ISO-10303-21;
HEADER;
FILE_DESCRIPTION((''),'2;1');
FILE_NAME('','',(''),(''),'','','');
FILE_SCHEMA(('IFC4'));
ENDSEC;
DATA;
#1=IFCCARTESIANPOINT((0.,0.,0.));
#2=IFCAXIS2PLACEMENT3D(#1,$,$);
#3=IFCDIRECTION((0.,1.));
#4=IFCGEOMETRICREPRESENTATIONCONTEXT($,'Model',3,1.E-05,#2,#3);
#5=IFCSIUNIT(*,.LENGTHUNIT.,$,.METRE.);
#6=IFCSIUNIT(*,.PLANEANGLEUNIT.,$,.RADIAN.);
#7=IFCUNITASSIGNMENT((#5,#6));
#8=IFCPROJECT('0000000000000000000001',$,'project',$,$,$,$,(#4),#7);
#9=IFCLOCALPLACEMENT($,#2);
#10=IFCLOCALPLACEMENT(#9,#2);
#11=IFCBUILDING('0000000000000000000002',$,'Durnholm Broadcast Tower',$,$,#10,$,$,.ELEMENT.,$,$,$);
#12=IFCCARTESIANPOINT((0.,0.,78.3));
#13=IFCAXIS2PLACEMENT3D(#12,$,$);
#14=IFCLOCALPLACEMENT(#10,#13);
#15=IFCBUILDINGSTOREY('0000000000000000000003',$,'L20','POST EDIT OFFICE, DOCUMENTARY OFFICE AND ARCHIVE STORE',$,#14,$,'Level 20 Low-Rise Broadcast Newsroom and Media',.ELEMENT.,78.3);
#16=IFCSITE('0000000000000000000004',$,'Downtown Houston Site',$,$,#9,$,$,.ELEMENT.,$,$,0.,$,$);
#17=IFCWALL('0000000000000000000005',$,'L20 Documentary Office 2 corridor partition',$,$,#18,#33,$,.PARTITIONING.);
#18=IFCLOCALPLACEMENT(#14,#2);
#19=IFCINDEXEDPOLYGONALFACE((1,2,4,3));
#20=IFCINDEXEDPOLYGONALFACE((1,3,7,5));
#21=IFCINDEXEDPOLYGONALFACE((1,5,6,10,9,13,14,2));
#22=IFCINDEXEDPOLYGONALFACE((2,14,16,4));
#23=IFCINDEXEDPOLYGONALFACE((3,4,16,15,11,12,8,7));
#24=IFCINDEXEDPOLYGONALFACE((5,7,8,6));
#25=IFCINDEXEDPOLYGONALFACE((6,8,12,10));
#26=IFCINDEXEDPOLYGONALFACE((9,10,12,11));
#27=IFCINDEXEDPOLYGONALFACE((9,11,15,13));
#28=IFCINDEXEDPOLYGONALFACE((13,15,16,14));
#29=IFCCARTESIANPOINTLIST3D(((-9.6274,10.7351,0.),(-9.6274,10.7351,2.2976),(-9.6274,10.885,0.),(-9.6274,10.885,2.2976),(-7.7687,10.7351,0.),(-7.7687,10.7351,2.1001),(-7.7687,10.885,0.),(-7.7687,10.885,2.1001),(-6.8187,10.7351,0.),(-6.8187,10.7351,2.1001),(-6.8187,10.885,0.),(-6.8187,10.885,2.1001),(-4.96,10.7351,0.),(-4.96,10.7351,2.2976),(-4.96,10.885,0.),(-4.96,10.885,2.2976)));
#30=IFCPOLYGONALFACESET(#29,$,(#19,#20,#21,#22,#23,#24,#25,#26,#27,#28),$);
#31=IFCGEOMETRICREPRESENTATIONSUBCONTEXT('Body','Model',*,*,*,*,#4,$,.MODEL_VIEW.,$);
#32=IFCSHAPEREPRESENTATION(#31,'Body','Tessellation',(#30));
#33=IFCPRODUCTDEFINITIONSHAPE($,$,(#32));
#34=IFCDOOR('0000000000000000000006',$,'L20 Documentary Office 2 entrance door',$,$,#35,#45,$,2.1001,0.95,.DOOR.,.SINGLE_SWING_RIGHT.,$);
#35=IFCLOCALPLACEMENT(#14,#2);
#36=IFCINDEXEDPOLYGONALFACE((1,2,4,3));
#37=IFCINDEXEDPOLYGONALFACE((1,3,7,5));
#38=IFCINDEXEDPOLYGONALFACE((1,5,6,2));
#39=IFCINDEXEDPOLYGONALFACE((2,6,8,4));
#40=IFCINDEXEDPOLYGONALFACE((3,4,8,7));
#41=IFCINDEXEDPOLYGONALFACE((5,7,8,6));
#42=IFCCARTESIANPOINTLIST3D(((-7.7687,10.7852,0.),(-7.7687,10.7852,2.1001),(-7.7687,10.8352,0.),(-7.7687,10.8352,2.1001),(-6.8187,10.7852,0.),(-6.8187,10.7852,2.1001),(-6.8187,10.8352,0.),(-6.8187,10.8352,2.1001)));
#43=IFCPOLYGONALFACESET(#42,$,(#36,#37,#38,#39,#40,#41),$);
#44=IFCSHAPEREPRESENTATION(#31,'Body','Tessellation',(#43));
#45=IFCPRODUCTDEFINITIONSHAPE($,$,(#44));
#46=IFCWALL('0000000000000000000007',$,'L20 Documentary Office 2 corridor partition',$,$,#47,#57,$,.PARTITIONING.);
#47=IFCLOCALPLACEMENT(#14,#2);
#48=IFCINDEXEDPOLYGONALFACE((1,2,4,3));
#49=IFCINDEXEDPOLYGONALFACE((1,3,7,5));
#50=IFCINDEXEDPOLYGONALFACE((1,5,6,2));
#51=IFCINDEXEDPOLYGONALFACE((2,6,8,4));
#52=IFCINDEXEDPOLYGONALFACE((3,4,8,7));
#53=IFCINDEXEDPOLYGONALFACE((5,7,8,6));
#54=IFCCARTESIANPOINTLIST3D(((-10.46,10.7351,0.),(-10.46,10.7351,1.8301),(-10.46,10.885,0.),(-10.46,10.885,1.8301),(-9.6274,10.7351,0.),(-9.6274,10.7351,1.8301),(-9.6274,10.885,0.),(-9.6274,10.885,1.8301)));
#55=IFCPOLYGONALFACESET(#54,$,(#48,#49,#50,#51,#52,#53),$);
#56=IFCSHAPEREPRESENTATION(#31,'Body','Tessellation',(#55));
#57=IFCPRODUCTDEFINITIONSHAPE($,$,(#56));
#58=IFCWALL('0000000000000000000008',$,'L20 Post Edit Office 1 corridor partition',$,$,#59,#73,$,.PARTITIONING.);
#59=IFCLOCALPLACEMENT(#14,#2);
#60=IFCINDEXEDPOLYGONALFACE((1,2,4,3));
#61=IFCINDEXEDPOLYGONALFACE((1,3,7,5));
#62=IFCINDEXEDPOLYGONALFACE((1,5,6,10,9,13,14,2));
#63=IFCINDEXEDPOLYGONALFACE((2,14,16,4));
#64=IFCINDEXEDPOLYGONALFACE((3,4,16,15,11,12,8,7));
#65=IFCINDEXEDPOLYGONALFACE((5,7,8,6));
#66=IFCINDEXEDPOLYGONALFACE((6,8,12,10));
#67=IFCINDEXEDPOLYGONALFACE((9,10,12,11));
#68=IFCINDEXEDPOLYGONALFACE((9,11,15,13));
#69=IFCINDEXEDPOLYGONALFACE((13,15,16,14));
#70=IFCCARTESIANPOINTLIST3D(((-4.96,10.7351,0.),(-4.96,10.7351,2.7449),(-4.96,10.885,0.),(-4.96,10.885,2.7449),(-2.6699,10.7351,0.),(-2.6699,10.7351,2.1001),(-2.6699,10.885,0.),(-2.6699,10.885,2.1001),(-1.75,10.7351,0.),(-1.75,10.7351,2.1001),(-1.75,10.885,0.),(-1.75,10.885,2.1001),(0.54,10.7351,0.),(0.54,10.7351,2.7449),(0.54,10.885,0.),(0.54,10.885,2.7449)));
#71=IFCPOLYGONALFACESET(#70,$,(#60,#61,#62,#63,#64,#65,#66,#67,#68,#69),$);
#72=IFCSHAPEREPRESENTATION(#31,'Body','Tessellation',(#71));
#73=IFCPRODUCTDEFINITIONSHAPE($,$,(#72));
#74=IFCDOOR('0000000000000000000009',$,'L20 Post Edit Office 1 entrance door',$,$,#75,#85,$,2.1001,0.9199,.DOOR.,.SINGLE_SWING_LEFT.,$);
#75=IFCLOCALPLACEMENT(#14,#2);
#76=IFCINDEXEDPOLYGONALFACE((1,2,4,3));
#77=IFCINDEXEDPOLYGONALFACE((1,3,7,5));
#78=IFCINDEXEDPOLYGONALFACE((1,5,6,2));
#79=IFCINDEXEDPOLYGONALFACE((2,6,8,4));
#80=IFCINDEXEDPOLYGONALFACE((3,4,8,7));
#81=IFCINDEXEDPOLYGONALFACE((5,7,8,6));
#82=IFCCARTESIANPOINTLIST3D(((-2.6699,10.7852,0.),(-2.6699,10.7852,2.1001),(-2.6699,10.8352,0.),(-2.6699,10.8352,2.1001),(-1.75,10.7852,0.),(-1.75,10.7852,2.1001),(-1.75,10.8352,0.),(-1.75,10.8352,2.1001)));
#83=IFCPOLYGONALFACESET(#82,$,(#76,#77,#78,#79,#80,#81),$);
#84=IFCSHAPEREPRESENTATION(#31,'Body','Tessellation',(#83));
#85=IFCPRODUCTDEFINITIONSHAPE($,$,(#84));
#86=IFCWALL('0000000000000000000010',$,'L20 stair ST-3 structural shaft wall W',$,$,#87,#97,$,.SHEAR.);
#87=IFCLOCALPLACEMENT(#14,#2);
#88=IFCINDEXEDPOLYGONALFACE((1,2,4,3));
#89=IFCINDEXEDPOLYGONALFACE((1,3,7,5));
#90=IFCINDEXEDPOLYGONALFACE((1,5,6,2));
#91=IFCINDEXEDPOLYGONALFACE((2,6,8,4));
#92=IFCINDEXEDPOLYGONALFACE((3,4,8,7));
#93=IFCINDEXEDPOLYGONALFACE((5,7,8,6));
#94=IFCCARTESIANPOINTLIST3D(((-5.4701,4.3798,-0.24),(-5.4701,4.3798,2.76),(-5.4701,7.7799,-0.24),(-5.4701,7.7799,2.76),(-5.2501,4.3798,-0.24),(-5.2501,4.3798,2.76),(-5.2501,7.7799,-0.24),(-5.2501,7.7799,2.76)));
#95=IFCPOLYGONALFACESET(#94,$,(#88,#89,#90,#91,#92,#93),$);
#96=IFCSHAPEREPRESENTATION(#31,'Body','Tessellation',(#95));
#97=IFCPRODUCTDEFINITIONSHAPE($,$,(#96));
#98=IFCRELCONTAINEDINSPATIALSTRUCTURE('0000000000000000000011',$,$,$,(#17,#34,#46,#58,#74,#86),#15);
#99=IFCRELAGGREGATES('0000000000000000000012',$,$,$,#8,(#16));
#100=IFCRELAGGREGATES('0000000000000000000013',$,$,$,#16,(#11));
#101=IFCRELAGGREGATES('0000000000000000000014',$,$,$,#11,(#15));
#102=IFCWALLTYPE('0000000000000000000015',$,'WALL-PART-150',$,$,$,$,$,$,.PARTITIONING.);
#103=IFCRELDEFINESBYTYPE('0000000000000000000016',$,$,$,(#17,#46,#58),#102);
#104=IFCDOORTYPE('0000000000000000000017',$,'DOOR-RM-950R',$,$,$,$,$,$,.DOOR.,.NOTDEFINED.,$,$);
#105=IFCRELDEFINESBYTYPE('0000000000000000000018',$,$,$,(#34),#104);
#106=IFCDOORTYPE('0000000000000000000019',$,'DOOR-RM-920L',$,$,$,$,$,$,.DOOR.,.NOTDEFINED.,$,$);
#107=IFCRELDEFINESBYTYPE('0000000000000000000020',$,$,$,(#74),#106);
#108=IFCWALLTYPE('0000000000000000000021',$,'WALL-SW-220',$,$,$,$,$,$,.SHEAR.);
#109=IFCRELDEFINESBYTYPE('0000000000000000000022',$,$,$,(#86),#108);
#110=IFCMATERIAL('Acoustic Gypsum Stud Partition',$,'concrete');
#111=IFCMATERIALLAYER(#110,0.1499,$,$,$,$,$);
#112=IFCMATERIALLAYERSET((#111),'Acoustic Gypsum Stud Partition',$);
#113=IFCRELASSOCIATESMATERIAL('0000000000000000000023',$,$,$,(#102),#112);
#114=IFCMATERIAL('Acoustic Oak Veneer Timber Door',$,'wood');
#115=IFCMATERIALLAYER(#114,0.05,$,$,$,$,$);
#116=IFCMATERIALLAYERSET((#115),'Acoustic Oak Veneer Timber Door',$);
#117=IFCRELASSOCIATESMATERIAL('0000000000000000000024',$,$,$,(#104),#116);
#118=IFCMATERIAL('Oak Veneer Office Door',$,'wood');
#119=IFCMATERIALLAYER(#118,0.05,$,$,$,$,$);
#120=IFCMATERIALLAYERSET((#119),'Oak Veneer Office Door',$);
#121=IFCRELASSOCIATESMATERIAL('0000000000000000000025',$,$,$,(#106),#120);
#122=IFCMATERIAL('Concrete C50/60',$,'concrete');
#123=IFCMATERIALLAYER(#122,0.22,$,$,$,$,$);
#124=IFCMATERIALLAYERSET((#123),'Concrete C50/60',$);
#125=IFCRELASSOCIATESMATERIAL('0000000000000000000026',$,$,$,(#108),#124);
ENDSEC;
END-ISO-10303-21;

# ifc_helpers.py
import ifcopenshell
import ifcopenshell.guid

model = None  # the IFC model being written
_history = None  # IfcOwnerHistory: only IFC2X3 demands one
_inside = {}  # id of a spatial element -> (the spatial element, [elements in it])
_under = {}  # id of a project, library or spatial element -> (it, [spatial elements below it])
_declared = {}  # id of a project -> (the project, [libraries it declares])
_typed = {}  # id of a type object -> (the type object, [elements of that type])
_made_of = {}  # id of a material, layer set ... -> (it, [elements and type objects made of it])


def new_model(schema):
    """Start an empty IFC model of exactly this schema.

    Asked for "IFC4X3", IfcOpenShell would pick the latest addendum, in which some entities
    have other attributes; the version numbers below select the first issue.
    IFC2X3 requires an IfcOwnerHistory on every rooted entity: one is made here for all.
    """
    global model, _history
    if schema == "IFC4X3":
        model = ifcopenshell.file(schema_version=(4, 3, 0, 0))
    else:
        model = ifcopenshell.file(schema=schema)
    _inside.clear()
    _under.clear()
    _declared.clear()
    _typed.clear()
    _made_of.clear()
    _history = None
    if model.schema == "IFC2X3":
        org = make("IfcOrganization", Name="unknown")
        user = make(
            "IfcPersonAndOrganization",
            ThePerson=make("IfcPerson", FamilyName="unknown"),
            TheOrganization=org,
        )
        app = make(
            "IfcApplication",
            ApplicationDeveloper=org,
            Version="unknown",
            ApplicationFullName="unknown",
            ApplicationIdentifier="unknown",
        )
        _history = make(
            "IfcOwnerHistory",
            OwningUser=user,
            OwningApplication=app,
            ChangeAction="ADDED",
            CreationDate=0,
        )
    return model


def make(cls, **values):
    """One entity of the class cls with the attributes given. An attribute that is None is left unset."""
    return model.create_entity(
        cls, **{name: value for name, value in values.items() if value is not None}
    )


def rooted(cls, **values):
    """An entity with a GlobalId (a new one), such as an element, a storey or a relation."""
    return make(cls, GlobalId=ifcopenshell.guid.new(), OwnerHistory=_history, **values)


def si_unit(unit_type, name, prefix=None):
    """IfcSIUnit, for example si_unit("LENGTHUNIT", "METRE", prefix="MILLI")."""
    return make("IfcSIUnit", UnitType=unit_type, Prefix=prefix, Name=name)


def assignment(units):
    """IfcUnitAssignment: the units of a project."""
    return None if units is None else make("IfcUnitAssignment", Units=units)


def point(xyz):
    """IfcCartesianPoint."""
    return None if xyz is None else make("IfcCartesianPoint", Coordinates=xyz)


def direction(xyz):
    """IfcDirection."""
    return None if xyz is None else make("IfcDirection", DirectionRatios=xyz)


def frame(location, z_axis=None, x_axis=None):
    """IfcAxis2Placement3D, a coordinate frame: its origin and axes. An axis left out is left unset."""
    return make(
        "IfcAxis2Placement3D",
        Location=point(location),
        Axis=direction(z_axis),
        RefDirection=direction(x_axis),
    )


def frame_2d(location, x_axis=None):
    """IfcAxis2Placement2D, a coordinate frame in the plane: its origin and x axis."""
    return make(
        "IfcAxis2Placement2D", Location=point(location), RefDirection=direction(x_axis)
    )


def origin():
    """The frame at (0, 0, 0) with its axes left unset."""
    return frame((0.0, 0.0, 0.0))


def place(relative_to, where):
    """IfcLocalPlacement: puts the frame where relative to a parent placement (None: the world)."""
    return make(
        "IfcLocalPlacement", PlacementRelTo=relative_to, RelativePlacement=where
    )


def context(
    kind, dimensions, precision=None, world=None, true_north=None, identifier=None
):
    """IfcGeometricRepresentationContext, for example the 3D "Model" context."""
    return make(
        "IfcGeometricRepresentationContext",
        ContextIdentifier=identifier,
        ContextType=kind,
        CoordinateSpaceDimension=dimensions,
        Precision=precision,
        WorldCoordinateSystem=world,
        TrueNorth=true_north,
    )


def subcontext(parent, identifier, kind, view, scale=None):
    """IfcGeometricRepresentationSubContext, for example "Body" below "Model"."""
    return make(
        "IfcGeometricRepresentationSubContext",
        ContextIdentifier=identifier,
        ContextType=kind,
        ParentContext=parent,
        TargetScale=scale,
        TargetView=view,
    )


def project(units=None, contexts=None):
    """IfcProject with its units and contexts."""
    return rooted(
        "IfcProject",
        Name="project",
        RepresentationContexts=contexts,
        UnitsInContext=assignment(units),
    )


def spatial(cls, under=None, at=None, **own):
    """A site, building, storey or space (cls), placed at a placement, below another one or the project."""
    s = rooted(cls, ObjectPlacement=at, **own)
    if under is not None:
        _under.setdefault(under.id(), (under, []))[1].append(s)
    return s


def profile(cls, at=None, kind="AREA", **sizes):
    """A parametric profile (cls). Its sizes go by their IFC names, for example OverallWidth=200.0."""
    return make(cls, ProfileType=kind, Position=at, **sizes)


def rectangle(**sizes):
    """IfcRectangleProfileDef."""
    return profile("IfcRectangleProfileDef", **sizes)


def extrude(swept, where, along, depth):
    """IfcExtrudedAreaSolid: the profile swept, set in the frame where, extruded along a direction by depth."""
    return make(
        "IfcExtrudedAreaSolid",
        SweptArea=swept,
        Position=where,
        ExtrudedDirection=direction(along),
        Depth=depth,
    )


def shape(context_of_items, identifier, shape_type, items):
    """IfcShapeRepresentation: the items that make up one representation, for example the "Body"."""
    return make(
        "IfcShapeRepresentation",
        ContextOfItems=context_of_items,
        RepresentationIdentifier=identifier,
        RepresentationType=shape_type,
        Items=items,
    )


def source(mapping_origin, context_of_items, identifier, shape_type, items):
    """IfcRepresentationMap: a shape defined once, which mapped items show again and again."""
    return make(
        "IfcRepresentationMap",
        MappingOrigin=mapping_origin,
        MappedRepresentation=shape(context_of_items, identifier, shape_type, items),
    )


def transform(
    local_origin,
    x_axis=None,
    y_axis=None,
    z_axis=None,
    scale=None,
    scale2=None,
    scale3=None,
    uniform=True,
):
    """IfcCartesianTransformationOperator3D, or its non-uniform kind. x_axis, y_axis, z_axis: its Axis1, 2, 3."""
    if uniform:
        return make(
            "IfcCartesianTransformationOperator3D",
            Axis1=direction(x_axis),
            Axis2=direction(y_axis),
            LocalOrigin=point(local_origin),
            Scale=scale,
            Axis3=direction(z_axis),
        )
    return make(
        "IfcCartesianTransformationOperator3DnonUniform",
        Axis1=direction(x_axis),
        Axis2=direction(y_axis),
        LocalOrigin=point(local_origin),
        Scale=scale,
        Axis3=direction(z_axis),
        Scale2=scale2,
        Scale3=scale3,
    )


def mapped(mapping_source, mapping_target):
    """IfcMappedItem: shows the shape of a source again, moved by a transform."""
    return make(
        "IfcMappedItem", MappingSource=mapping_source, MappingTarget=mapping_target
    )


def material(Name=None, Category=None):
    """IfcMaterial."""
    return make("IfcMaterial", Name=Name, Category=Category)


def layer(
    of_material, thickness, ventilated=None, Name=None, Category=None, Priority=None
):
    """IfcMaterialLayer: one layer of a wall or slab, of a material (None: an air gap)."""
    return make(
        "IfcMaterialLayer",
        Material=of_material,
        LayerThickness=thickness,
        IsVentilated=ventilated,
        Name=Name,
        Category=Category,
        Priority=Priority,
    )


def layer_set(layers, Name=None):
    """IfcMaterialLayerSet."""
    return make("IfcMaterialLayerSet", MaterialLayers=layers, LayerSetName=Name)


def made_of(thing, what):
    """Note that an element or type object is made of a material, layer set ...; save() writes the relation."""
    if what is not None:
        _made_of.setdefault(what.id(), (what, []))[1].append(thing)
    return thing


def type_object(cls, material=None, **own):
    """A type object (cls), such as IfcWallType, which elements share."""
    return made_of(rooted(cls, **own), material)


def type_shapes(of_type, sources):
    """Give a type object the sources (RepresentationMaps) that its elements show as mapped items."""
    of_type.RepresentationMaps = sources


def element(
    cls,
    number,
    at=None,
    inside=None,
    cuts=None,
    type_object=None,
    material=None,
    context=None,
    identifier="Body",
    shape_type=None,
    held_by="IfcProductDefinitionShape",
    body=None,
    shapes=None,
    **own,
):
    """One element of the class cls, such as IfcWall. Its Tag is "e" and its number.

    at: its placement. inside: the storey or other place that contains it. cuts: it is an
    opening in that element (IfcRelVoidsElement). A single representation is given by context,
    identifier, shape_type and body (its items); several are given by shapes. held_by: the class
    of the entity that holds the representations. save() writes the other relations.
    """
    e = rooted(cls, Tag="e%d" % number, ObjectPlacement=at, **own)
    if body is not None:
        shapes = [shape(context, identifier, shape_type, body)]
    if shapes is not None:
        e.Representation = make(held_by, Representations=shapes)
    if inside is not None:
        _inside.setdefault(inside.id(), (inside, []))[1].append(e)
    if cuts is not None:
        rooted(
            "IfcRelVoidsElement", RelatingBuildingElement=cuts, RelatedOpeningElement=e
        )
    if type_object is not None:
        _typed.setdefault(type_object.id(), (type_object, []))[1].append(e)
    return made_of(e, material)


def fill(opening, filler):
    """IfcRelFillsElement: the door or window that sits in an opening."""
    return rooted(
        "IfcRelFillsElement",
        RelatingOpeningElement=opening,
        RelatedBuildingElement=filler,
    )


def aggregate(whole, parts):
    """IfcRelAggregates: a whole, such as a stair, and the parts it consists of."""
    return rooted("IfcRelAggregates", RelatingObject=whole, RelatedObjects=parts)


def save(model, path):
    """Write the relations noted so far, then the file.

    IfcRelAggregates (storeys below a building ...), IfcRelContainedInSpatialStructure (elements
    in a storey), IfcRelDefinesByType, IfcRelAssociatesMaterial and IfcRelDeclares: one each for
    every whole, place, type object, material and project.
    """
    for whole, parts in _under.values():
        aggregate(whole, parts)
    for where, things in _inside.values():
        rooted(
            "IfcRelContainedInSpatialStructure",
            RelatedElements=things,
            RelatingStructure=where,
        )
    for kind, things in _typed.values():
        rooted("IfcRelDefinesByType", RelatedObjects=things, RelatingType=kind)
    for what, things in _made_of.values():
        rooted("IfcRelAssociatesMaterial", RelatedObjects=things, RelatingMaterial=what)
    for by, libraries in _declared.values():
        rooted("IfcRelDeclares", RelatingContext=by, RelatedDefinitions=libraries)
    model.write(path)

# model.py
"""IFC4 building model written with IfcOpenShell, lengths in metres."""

from ifc_helpers import new_model, si_unit, direction, frame, frame_2d, origin, place, context, subcontext, project, spatial, rectangle, extrude, source, transform, mapped, material, layer, layer_set, type_object, type_shapes, element, fill, save


model = new_model("IFC4")

# Units and contexts
model_context = context("Model", 3, precision=1e-05, world=origin(), true_north=direction((0.0, 1.0)))
body_context = subcontext(model_context, "Body", "Model", "MODEL_VIEW")
ifc_project = project(units=[si_unit("LENGTHUNIT", "METRE"), si_unit("PLANEANGLEUNIT", "RADIAN")], contexts=[model_context])

# Site, building, storey
site_placement = place(None, origin())
site = spatial("IfcSite", under=ifc_project, at=site_placement, Name="Downtown Houston Site", CompositionType="ELEMENT", RefElevation=0.0)
building_placement = place(site_placement, origin())
building = spatial("IfcBuilding", under=site, at=building_placement, Name="Durnholm Broadcast Tower", CompositionType="ELEMENT")
storey_placement = place(building_placement, frame((0.0, 0.0, 78.3)))
storey = spatial("IfcBuildingStorey", under=building, at=storey_placement, Name="L20", Description="POST EDIT OFFICE, DOCUMENTARY OFFICE AND ARCHIVE STORE", LongName="Level 20 Low-Rise Broadcast Newsroom and Media", CompositionType="ELEMENT", Elevation=78.3)

# Wall, opening, door
ifc_material_1 = material(Name="Acoustic Gypsum Stud Partition", Category="concrete")
ifc_layer_1 = layer(ifc_material_1, 0.1499)
ifc_layer_set_1 = layer_set([ifc_layer_1], Name="Acoustic Gypsum Stud Partition")
wall_type_1 = type_object("IfcWallType", Name="WALL-PART-150", PredefinedType="PARTITIONING", material=ifc_layer_set_1)
wall_1_placement = place(storey_placement, frame((-4.96, 10.8101, 0.0), z_axis=(0.0, 0.0, 1.0), x_axis=(-1.0, 0.0, 0.0)))
wall_1 = element("IfcWall", 1, at=wall_1_placement, inside=storey, type_object=wall_type_1, Name="L20 Documentary Office 2 corridor partition", PredefinedType="PARTITIONING", context=body_context, shape_type="SweptSolid", body=[
    extrude(rectangle(XDim=4.6675, YDim=0.1499, at=frame_2d((2.3337, 0.0))), origin(), (0.0, 0.0, 1.0), 2.2976),
])
opening_1_placement = place(wall_1_placement, frame((1.8586, 0.0, 0.0)))
opening_1 = element("IfcOpeningElement", 2, at=opening_1_placement, cuts=wall_1, PredefinedType="OPENING", context=body_context, shape_type="SweptSolid", body=[
    extrude(rectangle(XDim=0.95, YDim=2.1001, at=frame_2d((0.4751, 1.05))), frame((0.0, 0.085, 0.0), z_axis=(0.0, -1.0, 0.0), x_axis=(1.0, 0.0, 0.0)), (0.0, 0.0, 1.0), 0.1699),
])
ifc_material_2 = material(Name="Acoustic Oak Veneer Timber Door", Category="wood")
ifc_layer_2 = layer(ifc_material_2, 0.05)
ifc_layer_set_2 = layer_set([ifc_layer_2], Name="Acoustic Oak Veneer Timber Door")
door_type_1 = type_object("IfcDoorType", Name="DOOR-RM-950R", OperationType="NOTDEFINED", PredefinedType="DOOR", material=ifc_layer_set_2)
shared_shape_1 = source(origin(), body_context, "Body", "SweptSolid", [
    extrude(rectangle(XDim=0.95, YDim=2.1001, at=frame_2d((0.4751, 1.05))), frame((0.0, 0.0249, 0.0), z_axis=(0.0, -1.0, 0.0), x_axis=(1.0, 0.0, 0.0)), (0.0, 0.0, 1.0), 0.05),
])
type_shapes(door_type_1, [shared_shape_1])
door_1_placement = place(opening_1_placement, origin())
door_1 = element("IfcDoor", 3, at=door_1_placement, inside=storey, type_object=door_type_1, Name="L20 Documentary Office 2 entrance door", OperationType="SINGLE_SWING_RIGHT", OverallHeight=2.1001, OverallWidth=0.95, PredefinedType="DOOR", context=body_context, shape_type="MappedRepresentation", body=[
    mapped(shared_shape_1, transform((0.0, 0.0, 0.0), x_axis=(1.0, 0.0, 0.0), y_axis=(0.0, 1.0, 0.0), z_axis=(0.0, 0.0, 1.0), scale=1.0)),
])
fill(opening_1, door_1)

# Wall
wall_2_placement = place(storey_placement, frame((-9.6274, 10.8101, 0.0), z_axis=(0.0, 0.0, 1.0), x_axis=(-1.0, 0.0, 0.0)))
element("IfcWall", 4, at=wall_2_placement, inside=storey, type_object=wall_type_1, Name="L20 Documentary Office 2 corridor partition", PredefinedType="PARTITIONING", context=body_context, shape_type="SweptSolid", body=[
    extrude(rectangle(XDim=0.8325, YDim=0.1499, at=frame_2d((0.4163, 0.0))), origin(), (0.0, 0.0, 1.0), 1.8301),
])

# Wall, opening, door
wall_3_placement = place(storey_placement, frame((0.54, 10.8101, 0.0), z_axis=(0.0, 0.0, 1.0), x_axis=(-1.0, 0.0, 0.0)))
wall_3 = element("IfcWall", 5, at=wall_3_placement, inside=storey, type_object=wall_type_1, Name="L20 Post Edit Office 1 corridor partition", PredefinedType="PARTITIONING", context=body_context, shape_type="SweptSolid", body=[
    extrude(rectangle(XDim=5.5, YDim=0.1499, at=frame_2d((2.75, 0.0))), origin(), (0.0, 0.0, 1.0), 2.7449),
])
opening_2_placement = place(wall_3_placement, frame((2.29, 0.0, 0.0)))
opening_2 = element("IfcOpeningElement", 6, at=opening_2_placement, cuts=wall_3, PredefinedType="OPENING", context=body_context, shape_type="SweptSolid", body=[
    extrude(rectangle(XDim=0.9199, YDim=2.1001, at=frame_2d((0.46, 1.05))), frame((0.0, 0.085, 0.0), z_axis=(0.0, -1.0, 0.0), x_axis=(1.0, 0.0, 0.0)), (0.0, 0.0, 1.0), 0.1699),
])
ifc_material_3 = material(Name="Oak Veneer Office Door", Category="wood")
ifc_layer_3 = layer(ifc_material_3, 0.05)
ifc_layer_set_3 = layer_set([ifc_layer_3], Name="Oak Veneer Office Door")
door_type_2 = type_object("IfcDoorType", Name="DOOR-RM-920L", OperationType="NOTDEFINED", PredefinedType="DOOR", material=ifc_layer_set_3)
shared_shape_2 = source(origin(), body_context, "Body", "SweptSolid", [
    extrude(rectangle(XDim=0.9199, YDim=2.1001, at=frame_2d((0.46, 1.05))), frame((0.0, 0.0249, 0.0), z_axis=(0.0, -1.0, 0.0), x_axis=(1.0, 0.0, 0.0)), (0.0, 0.0, 1.0), 0.05),
])
type_shapes(door_type_2, [shared_shape_2])
door_2_placement = place(opening_2_placement, origin())
door_2 = element("IfcDoor", 7, at=door_2_placement, inside=storey, type_object=door_type_2, Name="L20 Post Edit Office 1 entrance door", OperationType="SINGLE_SWING_LEFT", OverallHeight=2.1001, OverallWidth=0.9199, PredefinedType="DOOR", context=body_context, shape_type="MappedRepresentation", body=[
    mapped(shared_shape_2, transform((0.0, 0.0, 0.0), x_axis=(1.0, 0.0, 0.0), y_axis=(0.0, 1.0, 0.0), z_axis=(0.0, 0.0, 1.0), scale=1.0)),
])
fill(opening_2, door_2)

# Wall
ifc_material_4 = material(Name="Concrete C50/60", Category="concrete")
ifc_layer_4 = layer(ifc_material_4, 0.22)
ifc_layer_set_4 = layer_set([ifc_layer_4], Name="Concrete C50/60")
wall_type_2 = type_object("IfcWallType", Name="WALL-SW-220", PredefinedType="SHEAR", material=ifc_layer_set_4)
wall_4_placement = place(storey_placement, frame((-5.3601, 7.78, -0.24), z_axis=(0.0, 0.0, 1.0), x_axis=(0.0, -1.0, 0.0)))
element("IfcWall", 8, at=wall_4_placement, inside=storey, type_object=wall_type_2, Name="L20 stair ST-3 structural shaft wall W", PredefinedType="SHEAR", context=body_context, shape_type="SweptSolid", body=[
    extrude(rectangle(XDim=3.4001, YDim=0.22, at=frame_2d((1.7002, 0.0))), origin(), (0.0, 0.0, 1.0), 3.0),
])

save(model, "model.ifc")
